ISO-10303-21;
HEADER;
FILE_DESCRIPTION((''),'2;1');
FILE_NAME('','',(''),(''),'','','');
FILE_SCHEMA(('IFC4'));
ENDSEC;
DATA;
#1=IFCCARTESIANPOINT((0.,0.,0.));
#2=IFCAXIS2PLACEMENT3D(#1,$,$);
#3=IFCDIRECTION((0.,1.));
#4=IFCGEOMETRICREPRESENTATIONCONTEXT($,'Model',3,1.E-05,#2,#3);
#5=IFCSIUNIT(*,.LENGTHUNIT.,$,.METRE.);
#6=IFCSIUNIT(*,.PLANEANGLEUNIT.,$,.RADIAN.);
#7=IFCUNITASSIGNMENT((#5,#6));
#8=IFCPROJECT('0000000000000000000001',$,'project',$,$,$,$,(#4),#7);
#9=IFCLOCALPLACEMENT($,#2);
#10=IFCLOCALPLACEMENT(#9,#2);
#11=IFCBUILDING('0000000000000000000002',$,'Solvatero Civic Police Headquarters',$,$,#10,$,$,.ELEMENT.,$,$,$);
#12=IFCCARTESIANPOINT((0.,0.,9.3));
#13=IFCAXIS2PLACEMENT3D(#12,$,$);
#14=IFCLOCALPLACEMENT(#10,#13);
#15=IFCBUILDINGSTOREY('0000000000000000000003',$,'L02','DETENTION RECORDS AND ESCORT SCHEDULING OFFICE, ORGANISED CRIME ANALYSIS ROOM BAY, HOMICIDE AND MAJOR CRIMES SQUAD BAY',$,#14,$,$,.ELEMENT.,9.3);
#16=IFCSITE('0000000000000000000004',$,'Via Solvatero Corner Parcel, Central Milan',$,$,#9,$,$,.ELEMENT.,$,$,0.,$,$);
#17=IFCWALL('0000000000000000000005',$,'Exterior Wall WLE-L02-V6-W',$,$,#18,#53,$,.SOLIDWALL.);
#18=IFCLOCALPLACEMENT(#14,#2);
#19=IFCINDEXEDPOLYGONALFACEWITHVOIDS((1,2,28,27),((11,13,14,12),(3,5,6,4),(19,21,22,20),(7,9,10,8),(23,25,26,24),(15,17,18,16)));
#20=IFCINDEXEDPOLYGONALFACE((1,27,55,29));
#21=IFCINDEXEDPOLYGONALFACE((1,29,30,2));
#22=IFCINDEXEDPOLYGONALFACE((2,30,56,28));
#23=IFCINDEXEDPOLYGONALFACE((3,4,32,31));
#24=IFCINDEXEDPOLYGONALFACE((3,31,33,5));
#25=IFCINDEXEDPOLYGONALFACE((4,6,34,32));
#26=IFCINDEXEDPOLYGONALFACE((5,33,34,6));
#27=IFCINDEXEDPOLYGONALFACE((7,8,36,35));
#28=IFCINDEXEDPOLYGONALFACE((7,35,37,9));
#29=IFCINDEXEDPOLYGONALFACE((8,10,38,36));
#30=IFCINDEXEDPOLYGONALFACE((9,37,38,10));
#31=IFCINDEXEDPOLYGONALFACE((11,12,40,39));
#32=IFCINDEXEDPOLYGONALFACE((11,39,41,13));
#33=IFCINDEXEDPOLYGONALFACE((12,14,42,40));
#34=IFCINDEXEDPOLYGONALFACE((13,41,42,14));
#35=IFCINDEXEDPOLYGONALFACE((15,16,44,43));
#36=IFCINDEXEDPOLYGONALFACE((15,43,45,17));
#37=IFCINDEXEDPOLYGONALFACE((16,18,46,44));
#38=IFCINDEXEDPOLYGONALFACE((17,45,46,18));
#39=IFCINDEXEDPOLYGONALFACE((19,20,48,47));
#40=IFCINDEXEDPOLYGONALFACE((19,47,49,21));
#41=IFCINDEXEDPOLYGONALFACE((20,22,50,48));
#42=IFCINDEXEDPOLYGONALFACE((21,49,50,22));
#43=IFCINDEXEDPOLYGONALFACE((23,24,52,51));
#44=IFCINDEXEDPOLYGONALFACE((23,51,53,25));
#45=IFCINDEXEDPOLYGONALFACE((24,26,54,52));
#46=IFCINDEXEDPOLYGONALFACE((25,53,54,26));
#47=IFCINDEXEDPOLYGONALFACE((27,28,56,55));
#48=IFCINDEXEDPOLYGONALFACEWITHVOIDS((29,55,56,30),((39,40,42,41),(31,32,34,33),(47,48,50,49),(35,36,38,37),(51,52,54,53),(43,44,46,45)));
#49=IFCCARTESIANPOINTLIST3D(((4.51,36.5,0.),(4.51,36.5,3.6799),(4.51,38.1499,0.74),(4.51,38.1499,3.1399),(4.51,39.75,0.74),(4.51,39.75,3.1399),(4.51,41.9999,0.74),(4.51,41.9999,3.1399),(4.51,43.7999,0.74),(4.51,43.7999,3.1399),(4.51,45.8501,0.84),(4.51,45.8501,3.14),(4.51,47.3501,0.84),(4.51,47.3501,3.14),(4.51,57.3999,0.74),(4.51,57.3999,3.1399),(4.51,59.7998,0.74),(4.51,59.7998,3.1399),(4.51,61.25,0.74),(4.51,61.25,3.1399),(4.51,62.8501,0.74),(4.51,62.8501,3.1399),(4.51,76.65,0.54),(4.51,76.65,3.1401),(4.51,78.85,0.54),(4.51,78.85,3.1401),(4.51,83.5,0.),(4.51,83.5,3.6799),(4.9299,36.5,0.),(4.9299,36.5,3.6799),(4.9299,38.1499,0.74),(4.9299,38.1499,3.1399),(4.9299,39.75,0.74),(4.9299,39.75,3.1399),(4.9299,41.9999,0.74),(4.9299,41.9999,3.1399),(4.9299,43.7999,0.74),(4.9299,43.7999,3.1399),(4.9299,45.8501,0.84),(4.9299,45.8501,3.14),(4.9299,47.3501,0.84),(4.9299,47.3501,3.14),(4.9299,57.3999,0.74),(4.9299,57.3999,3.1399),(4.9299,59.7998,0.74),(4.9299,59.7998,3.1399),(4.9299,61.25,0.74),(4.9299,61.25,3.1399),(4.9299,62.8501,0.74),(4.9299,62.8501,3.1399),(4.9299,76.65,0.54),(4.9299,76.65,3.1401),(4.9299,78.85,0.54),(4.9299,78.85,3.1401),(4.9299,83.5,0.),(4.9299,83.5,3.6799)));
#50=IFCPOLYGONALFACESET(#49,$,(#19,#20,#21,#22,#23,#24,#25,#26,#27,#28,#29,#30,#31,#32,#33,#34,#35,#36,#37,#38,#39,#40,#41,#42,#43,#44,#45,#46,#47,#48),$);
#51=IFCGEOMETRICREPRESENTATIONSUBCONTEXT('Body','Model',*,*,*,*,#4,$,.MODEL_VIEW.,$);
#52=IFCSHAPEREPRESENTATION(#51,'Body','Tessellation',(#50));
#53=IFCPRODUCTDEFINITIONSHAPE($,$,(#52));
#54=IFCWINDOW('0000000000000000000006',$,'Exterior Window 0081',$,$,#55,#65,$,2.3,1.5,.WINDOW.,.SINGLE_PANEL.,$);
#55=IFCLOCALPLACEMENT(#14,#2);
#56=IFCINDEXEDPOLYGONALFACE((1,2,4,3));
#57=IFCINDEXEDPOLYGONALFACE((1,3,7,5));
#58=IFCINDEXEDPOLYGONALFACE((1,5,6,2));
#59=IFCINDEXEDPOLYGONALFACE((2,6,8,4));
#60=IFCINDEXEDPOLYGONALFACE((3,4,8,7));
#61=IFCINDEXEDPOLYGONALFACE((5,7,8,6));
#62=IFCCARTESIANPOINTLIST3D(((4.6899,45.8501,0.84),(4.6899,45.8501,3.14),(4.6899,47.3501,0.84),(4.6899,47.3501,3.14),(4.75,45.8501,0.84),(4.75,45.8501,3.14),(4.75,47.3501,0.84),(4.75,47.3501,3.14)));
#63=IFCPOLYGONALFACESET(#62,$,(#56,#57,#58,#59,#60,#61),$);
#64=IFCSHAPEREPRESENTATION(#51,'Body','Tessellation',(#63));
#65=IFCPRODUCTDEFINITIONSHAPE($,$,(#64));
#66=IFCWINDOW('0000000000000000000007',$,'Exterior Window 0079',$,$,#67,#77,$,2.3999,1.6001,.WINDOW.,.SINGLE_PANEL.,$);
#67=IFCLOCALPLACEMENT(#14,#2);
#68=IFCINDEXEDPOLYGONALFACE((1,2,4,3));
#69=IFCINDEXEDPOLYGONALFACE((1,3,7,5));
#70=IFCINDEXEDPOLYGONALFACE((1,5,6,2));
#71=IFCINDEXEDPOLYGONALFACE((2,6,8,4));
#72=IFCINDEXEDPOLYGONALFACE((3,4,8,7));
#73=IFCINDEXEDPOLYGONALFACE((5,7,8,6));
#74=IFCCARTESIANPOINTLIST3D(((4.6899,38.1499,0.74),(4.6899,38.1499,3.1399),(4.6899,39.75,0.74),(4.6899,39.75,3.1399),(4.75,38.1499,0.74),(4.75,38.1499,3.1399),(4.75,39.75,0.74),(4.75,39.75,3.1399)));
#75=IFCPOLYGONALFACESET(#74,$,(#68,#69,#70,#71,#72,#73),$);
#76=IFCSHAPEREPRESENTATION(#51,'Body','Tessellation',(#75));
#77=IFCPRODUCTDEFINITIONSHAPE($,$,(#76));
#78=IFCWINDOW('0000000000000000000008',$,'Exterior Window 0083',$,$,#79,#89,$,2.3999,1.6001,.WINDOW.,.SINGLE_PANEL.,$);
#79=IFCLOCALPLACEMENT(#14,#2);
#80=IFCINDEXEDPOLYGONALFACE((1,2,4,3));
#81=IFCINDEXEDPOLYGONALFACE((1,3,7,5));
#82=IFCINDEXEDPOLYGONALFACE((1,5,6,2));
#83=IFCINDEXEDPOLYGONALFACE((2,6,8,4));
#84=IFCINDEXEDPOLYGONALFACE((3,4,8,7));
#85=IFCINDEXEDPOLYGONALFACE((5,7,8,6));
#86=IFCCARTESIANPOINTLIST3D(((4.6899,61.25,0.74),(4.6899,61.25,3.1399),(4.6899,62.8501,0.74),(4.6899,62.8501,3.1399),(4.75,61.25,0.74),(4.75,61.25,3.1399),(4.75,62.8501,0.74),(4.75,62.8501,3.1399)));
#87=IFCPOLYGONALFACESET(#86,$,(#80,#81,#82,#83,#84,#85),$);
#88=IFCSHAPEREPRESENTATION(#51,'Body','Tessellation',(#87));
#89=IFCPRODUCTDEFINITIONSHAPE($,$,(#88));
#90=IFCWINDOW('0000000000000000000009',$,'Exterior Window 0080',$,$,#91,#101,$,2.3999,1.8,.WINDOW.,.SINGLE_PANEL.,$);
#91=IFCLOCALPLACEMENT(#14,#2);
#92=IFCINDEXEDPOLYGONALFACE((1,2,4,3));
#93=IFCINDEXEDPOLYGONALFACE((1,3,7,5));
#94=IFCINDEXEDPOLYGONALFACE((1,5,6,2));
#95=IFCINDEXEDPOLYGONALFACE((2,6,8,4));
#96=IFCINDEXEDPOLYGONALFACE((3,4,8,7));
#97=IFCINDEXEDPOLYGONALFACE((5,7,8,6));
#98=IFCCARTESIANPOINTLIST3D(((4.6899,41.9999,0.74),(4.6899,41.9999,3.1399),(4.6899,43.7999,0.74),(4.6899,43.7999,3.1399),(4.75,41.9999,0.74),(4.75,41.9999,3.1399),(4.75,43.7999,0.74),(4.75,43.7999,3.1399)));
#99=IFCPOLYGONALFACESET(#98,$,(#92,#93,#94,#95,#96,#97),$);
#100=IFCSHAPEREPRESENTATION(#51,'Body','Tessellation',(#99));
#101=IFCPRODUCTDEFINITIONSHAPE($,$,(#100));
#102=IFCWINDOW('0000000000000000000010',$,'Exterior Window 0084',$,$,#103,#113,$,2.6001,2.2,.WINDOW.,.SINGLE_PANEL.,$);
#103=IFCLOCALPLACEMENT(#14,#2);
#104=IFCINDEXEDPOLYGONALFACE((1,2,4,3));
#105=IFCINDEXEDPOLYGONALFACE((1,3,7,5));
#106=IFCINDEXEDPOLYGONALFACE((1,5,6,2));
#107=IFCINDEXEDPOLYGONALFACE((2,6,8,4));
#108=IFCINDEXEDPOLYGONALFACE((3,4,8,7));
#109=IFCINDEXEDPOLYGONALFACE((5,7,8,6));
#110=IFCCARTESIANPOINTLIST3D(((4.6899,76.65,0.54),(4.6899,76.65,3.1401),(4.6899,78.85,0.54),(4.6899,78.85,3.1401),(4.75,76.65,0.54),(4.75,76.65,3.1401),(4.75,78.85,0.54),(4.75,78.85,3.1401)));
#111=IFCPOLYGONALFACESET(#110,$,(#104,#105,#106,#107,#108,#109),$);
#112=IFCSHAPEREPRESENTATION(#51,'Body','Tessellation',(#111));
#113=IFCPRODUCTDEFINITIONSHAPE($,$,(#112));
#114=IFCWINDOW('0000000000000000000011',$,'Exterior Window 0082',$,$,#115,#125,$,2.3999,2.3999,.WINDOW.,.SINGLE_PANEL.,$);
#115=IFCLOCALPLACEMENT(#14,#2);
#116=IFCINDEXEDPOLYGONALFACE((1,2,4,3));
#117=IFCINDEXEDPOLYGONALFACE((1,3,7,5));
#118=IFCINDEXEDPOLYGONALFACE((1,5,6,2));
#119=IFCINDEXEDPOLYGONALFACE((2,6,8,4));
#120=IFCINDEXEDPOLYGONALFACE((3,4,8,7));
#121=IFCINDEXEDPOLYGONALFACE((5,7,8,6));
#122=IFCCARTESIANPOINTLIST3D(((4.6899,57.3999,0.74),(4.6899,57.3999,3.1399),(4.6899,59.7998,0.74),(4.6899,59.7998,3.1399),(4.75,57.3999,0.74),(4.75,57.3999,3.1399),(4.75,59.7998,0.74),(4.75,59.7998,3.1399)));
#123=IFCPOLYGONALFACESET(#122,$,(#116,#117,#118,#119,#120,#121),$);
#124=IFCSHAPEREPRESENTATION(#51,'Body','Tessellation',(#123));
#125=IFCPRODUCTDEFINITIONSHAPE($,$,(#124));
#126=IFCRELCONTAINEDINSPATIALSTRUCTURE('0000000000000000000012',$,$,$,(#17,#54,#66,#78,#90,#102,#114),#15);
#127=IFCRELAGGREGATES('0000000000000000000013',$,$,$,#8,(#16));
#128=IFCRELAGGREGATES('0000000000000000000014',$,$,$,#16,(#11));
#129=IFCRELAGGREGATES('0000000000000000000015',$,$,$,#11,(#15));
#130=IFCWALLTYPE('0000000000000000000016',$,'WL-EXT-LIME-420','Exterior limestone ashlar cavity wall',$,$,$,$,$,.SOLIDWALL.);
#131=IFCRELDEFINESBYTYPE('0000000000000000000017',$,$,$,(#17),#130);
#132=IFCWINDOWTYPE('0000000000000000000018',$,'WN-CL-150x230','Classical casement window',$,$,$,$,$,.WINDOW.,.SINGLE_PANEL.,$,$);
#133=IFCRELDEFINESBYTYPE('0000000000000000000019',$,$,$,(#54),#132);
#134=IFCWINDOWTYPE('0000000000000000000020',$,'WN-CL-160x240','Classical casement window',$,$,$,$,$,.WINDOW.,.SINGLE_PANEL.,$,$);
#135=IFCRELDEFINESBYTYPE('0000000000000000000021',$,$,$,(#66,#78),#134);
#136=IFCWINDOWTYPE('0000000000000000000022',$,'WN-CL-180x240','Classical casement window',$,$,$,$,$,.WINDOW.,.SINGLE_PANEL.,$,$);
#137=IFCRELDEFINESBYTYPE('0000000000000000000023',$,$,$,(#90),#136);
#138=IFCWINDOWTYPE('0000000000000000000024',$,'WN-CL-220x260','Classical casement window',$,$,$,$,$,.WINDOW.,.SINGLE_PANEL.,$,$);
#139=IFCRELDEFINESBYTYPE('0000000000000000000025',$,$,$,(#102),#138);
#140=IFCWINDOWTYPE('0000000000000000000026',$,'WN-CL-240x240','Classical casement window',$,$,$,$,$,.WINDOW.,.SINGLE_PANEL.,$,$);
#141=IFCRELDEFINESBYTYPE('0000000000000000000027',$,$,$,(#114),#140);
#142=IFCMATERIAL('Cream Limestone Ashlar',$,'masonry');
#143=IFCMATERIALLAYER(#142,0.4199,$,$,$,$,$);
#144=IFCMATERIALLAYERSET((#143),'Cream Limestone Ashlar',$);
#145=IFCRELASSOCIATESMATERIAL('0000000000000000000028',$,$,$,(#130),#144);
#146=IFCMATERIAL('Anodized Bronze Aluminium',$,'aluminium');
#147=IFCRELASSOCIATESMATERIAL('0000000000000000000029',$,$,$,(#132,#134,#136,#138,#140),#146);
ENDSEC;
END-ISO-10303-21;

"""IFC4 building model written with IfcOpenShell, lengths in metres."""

from ifc_helpers import new_model, si_unit, direction, frame, frame_2d, origin, place, context, subcontext, project, spatial, rectangle, extrude, material, layer, layer_set, type_object, element, fill, save


model = new_model("IFC4")

# Units and contexts
model_context = context("Model", 3, precision=1e-05, world=origin(), true_north=direction((0.0, 1.0)))
body_context = subcontext(model_context, "Body", "Model", "MODEL_VIEW")
ifc_project = project(units=[si_unit("LENGTHUNIT", "METRE"), si_unit("PLANEANGLEUNIT", "RADIAN")], contexts=[model_context])

# Site, building, storey
site_placement = place(None, origin())
site = spatial("IfcSite", under=ifc_project, at=site_placement, Name="Via Solvatero Corner Parcel, Central Milan", CompositionType="ELEMENT", RefElevation=0.0)
building_placement = place(site_placement, origin())
building = spatial("IfcBuilding", under=site, at=building_placement, Name="Solvatero Civic Police Headquarters", CompositionType="ELEMENT")
storey_placement = place(building_placement, frame((0.0, 0.0, 9.3)))
storey = spatial("IfcBuildingStorey", under=building, at=storey_placement, Name="L02", Description="DETENTION RECORDS AND ESCORT SCHEDULING OFFICE, ORGANISED CRIME ANALYSIS ROOM BAY, HOMICIDE AND MAJOR CRIMES SQUAD BAY", CompositionType="ELEMENT", Elevation=9.3)

# Wall, openings, windows
ifc_material_1 = material(Name="Cream Limestone Ashlar", Category="masonry")
ifc_layer_1 = layer(ifc_material_1, 0.4199)
ifc_layer_set_1 = layer_set([ifc_layer_1], Name="Cream Limestone Ashlar")
wall_type_1 = type_object("IfcWallType", Name="WL-EXT-LIME-420", Description="Exterior limestone ashlar cavity wall", PredefinedType="SOLIDWALL", material=ifc_layer_set_1)
wall_1_placement = place(storey_placement, frame((4.72, 36.5, 0.0), z_axis=(0.0, 0.0, 1.0), x_axis=(0.0, 1.0, 0.0)))
wall_1 = element("IfcWall", 1, at=wall_1_placement, inside=storey, type_object=wall_type_1, Name="Exterior Wall WLE-L02-V6-W", PredefinedType="SOLIDWALL", context=body_context, shape_type="SweptSolid", body=[
    extrude(rectangle(XDim=47.0, YDim=0.4199, at=frame_2d((23.5, 0.0))), origin(), (0.0, 0.0, 1.0), 3.6799),
])
opening_1_placement = place(wall_1_placement, frame((1.6499, 0.0, 0.74)))
opening_1 = element("IfcOpeningElement", 2, at=opening_1_placement, cuts=wall_1, PredefinedType="OPENING", context=body_context, shape_type="SweptSolid", body=[
    extrude(rectangle(XDim=1.6001, YDim=2.3999, at=frame_2d((0.8, 1.2))), frame((0.0, 0.22, 0.0), z_axis=(0.0, -1.0, 0.0), x_axis=(1.0, 0.0, 0.0)), (0.0, 0.0, 1.0), 0.4399),
])
opening_2_placement = place(wall_1_placement, frame((5.5, 0.0, 0.74)))
opening_2 = element("IfcOpeningElement", 3, at=opening_2_placement, cuts=wall_1, PredefinedType="OPENING", context=body_context, shape_type="SweptSolid", body=[
    extrude(rectangle(XDim=1.8, YDim=2.3999, at=frame_2d((0.8999, 1.2))), frame((0.0, 0.22, 0.0), z_axis=(0.0, -1.0, 0.0), x_axis=(1.0, 0.0, 0.0)), (0.0, 0.0, 1.0), 0.4399),
])
opening_3_placement = place(wall_1_placement, frame((9.3501, 0.0, 0.8401)))
opening_3 = element("IfcOpeningElement", 4, at=opening_3_placement, cuts=wall_1, PredefinedType="OPENING", context=body_context, shape_type="SweptSolid", body=[
    extrude(rectangle(XDim=1.5, YDim=2.3, at=frame_2d((0.75, 1.1499))), frame((0.0, 0.22, 0.0), z_axis=(0.0, -1.0, 0.0), x_axis=(1.0, 0.0, 0.0)), (0.0, 0.0, 1.0), 0.4399),
])
opening_4_placement = place(wall_1_placement, frame((20.8999, 0.0, 0.74)))
opening_4 = element("IfcOpeningElement", 5, at=opening_4_placement, cuts=wall_1, PredefinedType="OPENING", context=body_context, shape_type="SweptSolid", body=[
    extrude(rectangle(XDim=2.3999, YDim=2.3999, at=frame_2d((1.2, 1.2))), frame((0.0, 0.22, 0.0), z_axis=(0.0, -1.0, 0.0), x_axis=(1.0, 0.0, 0.0)), (0.0, 0.0, 1.0), 0.4399),
])
opening_5_placement = place(wall_1_placement, frame((24.75, 0.0, 0.74)))
opening_5 = element("IfcOpeningElement", 6, at=opening_5_placement, cuts=wall_1, PredefinedType="OPENING", context=body_context, shape_type="SweptSolid", body=[
    extrude(rectangle(XDim=1.6001, YDim=2.3999, at=frame_2d((0.8, 1.2))), frame((0.0, 0.22, 0.0), z_axis=(0.0, -1.0, 0.0), x_axis=(1.0, 0.0, 0.0)), (0.0, 0.0, 1.0), 0.4399),
])
opening_6_placement = place(wall_1_placement, frame((40.1499, 0.0, 0.54)))
opening_6 = element("IfcOpeningElement", 7, at=opening_6_placement, cuts=wall_1, PredefinedType="OPENING", context=body_context, shape_type="SweptSolid", body=[
    extrude(rectangle(XDim=2.2, YDim=2.6001, at=frame_2d((1.1001, 1.3))), frame((0.0, 0.22, 0.0), z_axis=(0.0, -1.0, 0.0), x_axis=(1.0, 0.0, 0.0)), (0.0, 0.0, 1.0), 0.4399),
])
ifc_material_2 = material(Name="Anodized Bronze Aluminium", Category="aluminium")
window_type_1 = type_object("IfcWindowType", Name="WN-CL-150x230", Description="Classical casement window", PartitioningType="SINGLE_PANEL", PredefinedType="WINDOW", material=ifc_material_2)
window_1_placement = place(opening_3_placement, origin())
window_1 = element("IfcWindow", 8, at=window_1_placement, inside=storey, type_object=window_type_1, Name="Exterior Window 0081", OverallHeight=2.3, OverallWidth=1.5, PartitioningType="SINGLE_PANEL", PredefinedType="WINDOW", context=body_context, shape_type="SweptSolid", body=[
    extrude(rectangle(XDim=1.5, YDim=2.3, at=frame_2d((0.75, 1.1499))), frame((0.0, 0.03, 0.0), z_axis=(0.0, -1.0, 0.0), x_axis=(1.0, 0.0, 0.0)), (0.0, 0.0, 1.0), 0.0601),
])
fill(opening_3, window_1)
window_type_2 = type_object("IfcWindowType", Name="WN-CL-160x240", Description="Classical casement window", PartitioningType="SINGLE_PANEL", PredefinedType="WINDOW", material=ifc_material_2)
window_2_placement = place(opening_1_placement, origin())
window_2 = element("IfcWindow", 9, at=window_2_placement, inside=storey, type_object=window_type_2, Name="Exterior Window 0079", OverallHeight=2.3999, OverallWidth=1.6001, PartitioningType="SINGLE_PANEL", PredefinedType="WINDOW", context=body_context, shape_type="SweptSolid", body=[
    extrude(rectangle(XDim=1.6001, YDim=2.3999, at=frame_2d((0.8, 1.2))), frame((0.0, 0.03, 0.0), z_axis=(0.0, -1.0, 0.0), x_axis=(1.0, 0.0, 0.0)), (0.0, 0.0, 1.0), 0.0601),
])
fill(opening_1, window_2)
window_3_placement = place(opening_5_placement, origin())
window_3 = element("IfcWindow", 10, at=window_3_placement, inside=storey, type_object=window_type_2, Name="Exterior Window 0083", OverallHeight=2.3999, OverallWidth=1.6001, PartitioningType="SINGLE_PANEL", PredefinedType="WINDOW", context=body_context, shape_type="SweptSolid", body=[
    extrude(rectangle(XDim=1.6001, YDim=2.3999, at=frame_2d((0.8, 1.2))), frame((0.0, 0.03, 0.0), z_axis=(0.0, -1.0, 0.0), x_axis=(1.0, 0.0, 0.0)), (0.0, 0.0, 1.0), 0.0601),
])
fill(opening_5, window_3)
window_type_3 = type_object("IfcWindowType", Name="WN-CL-180x240", Description="Classical casement window", PartitioningType="SINGLE_PANEL", PredefinedType="WINDOW", material=ifc_material_2)
window_4_placement = place(opening_2_placement, origin())
window_4 = element("IfcWindow", 11, at=window_4_placement, inside=storey, type_object=window_type_3, Name="Exterior Window 0080", OverallHeight=2.3999, OverallWidth=1.8, PartitioningType="SINGLE_PANEL", PredefinedType="WINDOW", context=body_context, shape_type="SweptSolid", body=[
    extrude(rectangle(XDim=1.8, YDim=2.3999, at=frame_2d((0.8999, 1.2))), frame((0.0, 0.03, 0.0), z_axis=(0.0, -1.0, 0.0), x_axis=(1.0, 0.0, 0.0)), (0.0, 0.0, 1.0), 0.0601),
])
fill(opening_2, window_4)
window_type_4 = type_object("IfcWindowType", Name="WN-CL-220x260", Description="Classical casement window", PartitioningType="SINGLE_PANEL", PredefinedType="WINDOW", material=ifc_material_2)
window_5_placement = place(opening_6_placement, origin())
window_5 = element("IfcWindow", 12, at=window_5_placement, inside=storey, type_object=window_type_4, Name="Exterior Window 0084", OverallHeight=2.6001, OverallWidth=2.2, PartitioningType="SINGLE_PANEL", PredefinedType="WINDOW", context=body_context, shape_type="SweptSolid", body=[
    extrude(rectangle(XDim=2.2, YDim=2.6001, at=frame_2d((1.1001, 1.3))), frame((0.0, 0.03, 0.0), z_axis=(0.0, -1.0, 0.0), x_axis=(1.0, 0.0, 0.0)), (0.0, 0.0, 1.0), 0.0601),
])
fill(opening_6, window_5)
window_type_5 = type_object("IfcWindowType", Name="WN-CL-240x240", Description="Classical casement window", PartitioningType="SINGLE_PANEL", PredefinedType="WINDOW", material=ifc_material_2)
window_6_placement = place(opening_4_placement, origin())
window_6 = element("IfcWindow", 13, at=window_6_placement, inside=storey, type_object=window_type_5, Name="Exterior Window 0082", OverallHeight=2.3999, OverallWidth=2.3999, PartitioningType="SINGLE_PANEL", PredefinedType="WINDOW", context=body_context, shape_type="SweptSolid", body=[
    extrude(rectangle(XDim=2.3999, YDim=2.3999, at=frame_2d((1.2, 1.2))), frame((0.0, 0.03, 0.0), z_axis=(0.0, -1.0, 0.0), x_axis=(1.0, 0.0, 0.0)), (0.0, 0.0, 1.0), 0.0601),
])
fill(opening_4, window_6)

save(model, "model.ifc")
